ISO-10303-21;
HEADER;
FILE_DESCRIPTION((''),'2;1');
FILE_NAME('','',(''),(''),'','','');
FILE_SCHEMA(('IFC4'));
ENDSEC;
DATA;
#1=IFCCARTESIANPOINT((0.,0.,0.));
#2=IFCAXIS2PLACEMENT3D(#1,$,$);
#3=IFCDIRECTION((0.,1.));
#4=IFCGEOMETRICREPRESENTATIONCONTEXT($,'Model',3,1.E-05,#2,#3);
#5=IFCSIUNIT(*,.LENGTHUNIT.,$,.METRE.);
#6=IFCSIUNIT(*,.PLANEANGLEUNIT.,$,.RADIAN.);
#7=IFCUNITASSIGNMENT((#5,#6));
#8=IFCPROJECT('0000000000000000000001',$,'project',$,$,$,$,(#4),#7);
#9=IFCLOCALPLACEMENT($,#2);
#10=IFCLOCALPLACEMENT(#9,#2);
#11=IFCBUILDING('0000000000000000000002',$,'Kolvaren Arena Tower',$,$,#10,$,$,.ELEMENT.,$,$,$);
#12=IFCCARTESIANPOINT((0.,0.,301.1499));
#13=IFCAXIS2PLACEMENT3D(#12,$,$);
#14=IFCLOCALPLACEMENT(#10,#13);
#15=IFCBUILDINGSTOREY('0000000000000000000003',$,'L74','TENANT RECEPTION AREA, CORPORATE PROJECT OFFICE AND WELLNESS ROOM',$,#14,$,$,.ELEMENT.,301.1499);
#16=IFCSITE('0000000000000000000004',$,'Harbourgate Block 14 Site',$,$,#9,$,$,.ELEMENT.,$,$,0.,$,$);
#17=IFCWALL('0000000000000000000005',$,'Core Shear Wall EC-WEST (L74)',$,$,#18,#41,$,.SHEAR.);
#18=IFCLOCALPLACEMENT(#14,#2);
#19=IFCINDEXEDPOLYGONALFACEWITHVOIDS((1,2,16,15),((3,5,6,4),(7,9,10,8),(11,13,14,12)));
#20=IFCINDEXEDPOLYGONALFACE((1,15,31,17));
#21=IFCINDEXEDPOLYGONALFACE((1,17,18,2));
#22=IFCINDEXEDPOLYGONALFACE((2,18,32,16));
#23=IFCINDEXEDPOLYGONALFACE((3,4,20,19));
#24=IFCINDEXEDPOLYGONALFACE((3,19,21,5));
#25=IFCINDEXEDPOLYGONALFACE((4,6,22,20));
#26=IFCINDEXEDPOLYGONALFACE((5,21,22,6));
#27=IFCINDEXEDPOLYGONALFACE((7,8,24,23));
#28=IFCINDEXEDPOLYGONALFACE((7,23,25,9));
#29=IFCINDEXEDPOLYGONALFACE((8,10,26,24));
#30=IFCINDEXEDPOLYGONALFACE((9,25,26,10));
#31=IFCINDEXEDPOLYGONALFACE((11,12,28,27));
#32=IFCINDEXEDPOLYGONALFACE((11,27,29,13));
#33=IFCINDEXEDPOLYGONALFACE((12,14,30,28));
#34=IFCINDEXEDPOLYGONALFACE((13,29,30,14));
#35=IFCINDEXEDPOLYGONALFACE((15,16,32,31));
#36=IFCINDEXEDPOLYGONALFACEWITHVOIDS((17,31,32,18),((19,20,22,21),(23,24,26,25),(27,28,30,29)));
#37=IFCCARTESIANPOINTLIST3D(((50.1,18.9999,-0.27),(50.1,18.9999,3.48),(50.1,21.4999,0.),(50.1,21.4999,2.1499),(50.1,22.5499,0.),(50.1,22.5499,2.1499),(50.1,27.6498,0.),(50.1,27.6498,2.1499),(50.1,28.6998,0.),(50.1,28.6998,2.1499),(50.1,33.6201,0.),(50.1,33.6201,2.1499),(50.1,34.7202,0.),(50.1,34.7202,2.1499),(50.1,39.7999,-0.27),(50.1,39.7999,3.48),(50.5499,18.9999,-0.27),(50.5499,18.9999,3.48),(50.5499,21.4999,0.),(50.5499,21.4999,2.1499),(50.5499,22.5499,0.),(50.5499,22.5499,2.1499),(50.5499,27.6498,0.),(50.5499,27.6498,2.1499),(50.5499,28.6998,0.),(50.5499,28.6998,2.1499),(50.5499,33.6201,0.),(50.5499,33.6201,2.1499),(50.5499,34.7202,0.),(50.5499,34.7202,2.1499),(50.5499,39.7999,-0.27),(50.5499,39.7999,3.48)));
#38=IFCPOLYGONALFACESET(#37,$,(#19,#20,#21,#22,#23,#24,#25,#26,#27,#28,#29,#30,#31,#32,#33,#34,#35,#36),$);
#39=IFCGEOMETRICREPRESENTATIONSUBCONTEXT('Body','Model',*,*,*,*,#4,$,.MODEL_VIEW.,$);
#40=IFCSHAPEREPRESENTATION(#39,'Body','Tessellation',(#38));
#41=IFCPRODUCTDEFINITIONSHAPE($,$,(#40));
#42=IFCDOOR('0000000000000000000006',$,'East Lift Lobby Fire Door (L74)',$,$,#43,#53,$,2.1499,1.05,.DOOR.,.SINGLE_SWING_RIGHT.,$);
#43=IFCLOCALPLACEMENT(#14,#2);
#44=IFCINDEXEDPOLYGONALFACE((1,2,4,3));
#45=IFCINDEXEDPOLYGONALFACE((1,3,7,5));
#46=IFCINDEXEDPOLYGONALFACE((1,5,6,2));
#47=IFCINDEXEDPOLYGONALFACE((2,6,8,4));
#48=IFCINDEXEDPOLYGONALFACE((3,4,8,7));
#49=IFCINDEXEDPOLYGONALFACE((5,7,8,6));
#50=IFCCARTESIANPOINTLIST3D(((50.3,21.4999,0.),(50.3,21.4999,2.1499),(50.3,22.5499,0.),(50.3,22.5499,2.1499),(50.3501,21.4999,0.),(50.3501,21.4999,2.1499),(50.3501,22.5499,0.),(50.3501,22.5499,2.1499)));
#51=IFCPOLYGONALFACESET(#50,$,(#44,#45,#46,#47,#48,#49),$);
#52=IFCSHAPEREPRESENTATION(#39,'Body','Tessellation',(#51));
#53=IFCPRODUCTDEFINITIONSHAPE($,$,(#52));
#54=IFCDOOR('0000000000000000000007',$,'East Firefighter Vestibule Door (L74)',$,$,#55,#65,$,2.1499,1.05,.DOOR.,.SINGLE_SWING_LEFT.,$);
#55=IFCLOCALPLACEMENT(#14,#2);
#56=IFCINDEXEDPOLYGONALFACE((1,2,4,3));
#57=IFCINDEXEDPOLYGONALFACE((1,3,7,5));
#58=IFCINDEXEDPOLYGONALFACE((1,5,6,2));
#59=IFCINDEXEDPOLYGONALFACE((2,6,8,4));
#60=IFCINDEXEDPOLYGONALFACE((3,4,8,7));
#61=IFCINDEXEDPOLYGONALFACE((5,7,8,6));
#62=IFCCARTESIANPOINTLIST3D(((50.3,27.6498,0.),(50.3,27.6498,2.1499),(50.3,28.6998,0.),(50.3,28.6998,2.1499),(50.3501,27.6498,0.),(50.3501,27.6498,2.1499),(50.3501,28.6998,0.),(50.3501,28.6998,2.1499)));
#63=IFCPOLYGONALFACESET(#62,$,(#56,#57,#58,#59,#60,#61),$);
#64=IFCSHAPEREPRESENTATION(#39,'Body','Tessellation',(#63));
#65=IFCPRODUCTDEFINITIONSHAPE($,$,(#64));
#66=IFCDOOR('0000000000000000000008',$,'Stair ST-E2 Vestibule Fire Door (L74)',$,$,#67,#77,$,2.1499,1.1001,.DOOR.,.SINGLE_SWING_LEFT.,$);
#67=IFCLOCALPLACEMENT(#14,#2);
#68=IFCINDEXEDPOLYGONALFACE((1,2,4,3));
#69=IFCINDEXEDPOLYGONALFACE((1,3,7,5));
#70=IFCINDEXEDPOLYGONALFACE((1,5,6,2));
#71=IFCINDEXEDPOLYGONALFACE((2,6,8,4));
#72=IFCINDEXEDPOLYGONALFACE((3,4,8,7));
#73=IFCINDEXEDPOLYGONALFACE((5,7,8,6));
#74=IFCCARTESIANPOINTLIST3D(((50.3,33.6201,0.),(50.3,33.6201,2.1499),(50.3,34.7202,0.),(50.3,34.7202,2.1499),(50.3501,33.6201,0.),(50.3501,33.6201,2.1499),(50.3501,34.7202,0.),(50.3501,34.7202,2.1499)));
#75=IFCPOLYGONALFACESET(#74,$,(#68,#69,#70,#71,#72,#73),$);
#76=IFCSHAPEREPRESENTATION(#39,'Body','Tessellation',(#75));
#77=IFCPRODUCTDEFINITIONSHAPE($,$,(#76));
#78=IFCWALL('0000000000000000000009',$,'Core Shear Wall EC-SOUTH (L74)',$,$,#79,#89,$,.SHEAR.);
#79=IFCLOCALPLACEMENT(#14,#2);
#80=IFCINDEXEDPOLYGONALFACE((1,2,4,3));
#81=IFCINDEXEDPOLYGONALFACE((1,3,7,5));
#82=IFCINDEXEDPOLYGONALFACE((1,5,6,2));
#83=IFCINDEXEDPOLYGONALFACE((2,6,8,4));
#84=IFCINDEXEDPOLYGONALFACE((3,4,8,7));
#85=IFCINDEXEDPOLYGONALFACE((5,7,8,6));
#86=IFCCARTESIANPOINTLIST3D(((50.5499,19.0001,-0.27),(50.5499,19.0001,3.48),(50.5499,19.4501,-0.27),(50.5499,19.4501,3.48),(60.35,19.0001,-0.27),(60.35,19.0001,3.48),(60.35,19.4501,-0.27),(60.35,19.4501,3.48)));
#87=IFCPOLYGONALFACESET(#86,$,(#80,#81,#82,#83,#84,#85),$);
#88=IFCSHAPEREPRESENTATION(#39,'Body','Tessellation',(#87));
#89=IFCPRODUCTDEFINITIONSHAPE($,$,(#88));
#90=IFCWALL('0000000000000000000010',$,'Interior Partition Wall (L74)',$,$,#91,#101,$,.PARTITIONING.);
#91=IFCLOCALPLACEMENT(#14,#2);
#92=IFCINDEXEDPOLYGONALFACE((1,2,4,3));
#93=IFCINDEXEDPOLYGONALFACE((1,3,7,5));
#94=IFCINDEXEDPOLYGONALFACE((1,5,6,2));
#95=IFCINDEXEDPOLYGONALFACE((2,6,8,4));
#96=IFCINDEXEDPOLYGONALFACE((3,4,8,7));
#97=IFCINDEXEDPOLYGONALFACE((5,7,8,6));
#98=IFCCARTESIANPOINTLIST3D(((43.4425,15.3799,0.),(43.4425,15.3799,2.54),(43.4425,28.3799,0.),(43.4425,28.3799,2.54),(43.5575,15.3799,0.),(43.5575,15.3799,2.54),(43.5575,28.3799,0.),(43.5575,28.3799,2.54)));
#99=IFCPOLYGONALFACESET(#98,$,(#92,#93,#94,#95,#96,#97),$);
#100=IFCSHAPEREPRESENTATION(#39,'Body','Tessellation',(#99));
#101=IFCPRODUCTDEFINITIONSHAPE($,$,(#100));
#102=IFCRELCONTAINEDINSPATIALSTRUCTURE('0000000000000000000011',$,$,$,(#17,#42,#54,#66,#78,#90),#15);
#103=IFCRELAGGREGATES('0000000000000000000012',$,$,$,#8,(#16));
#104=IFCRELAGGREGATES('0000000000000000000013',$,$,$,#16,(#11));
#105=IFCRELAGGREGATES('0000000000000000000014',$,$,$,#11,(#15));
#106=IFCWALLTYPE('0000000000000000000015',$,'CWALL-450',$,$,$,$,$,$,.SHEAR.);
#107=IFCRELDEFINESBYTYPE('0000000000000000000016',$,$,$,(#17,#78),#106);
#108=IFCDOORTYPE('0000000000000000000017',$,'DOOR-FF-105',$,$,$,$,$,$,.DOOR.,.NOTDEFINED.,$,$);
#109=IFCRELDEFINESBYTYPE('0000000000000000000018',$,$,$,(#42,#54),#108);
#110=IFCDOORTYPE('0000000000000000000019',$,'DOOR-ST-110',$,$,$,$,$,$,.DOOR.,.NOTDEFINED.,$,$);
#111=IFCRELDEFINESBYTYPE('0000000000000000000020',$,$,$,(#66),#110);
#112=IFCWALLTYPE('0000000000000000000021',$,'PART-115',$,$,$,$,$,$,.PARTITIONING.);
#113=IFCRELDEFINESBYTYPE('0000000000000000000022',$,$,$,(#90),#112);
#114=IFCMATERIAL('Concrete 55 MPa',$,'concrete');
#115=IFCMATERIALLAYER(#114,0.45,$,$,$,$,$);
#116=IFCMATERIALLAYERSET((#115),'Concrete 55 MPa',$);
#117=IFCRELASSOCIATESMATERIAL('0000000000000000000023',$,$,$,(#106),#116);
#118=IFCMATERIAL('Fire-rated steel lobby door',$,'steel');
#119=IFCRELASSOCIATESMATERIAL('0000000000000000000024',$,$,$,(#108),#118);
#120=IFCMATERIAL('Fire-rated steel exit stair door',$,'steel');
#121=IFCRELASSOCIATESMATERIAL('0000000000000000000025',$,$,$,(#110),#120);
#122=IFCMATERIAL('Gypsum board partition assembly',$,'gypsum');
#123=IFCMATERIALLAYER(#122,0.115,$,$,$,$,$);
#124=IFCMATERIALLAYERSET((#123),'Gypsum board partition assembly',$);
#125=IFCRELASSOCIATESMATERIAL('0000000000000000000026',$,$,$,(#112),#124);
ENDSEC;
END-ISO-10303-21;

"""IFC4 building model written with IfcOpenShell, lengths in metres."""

from ifc_helpers import new_model, si_unit, direction, frame, frame_2d, origin, place, context, subcontext, project, spatial, rectangle, extrude, material, layer, layer_set, type_object, element, fill, save


model = new_model("IFC4")

# Units and contexts
model_context = context("Model", 3, precision=1e-05, world=origin(), true_north=direction((0.0, 1.0)))
body_context = subcontext(model_context, "Body", "Model", "MODEL_VIEW")
ifc_project = project(units=[si_unit("LENGTHUNIT", "METRE"), si_unit("PLANEANGLEUNIT", "RADIAN")], contexts=[model_context])

# Site, building, storey
site_placement = place(None, origin())
site = spatial("IfcSite", under=ifc_project, at=site_placement, Name="Harbourgate Block 14 Site", CompositionType="ELEMENT", RefElevation=0.0)
building_placement = place(site_placement, origin())
building = spatial("IfcBuilding", under=site, at=building_placement, Name="Kolvaren Arena Tower", CompositionType="ELEMENT")
storey_placement = place(building_placement, frame((0.0, 0.0, 301.1499)))
storey = spatial("IfcBuildingStorey", under=building, at=storey_placement, Name="L74", Description="TENANT RECEPTION AREA, CORPORATE PROJECT OFFICE AND WELLNESS ROOM", CompositionType="ELEMENT", Elevation=301.1499)

# Wall, openings, doors
ifc_material_1 = material(Name="Concrete 55 MPa", Category="concrete")
ifc_layer_1 = layer(ifc_material_1, 0.45)
ifc_layer_set_1 = layer_set([ifc_layer_1], Name="Concrete 55 MPa")
wall_type_1 = type_object("IfcWallType", Name="CWALL-450", PredefinedType="SHEAR", material=ifc_layer_set_1)
wall_1_placement = place(storey_placement, frame((50.325, 19.0, -0.27), z_axis=(0.0, 0.0, 1.0), x_axis=(0.0, 1.0, 0.0)))
wall_1 = element("IfcWall", 1, at=wall_1_placement, inside=storey, type_object=wall_type_1, Name="Core Shear Wall EC-WEST (L74)", PredefinedType="SHEAR", context=body_context, shape_type="SweptSolid", body=[
    extrude(rectangle(XDim=20.8, YDim=0.45, at=frame_2d((10.3999, 0.0))), origin(), (0.0, 0.0, 1.0), 3.75),
])
opening_1_placement = place(wall_1_placement, frame((2.5, 0.0, 0.27)))
opening_1 = element("IfcOpeningElement", 2, at=opening_1_placement, cuts=wall_1, PredefinedType="OPENING", context=body_context, shape_type="SweptSolid", body=[
    extrude(rectangle(XDim=1.05, YDim=2.1499, at=frame_2d((0.5249, 1.075))), frame((0.0, 0.2349, 0.0), z_axis=(0.0, -1.0, 0.0), x_axis=(1.0, 0.0, 0.0)), (0.0, 0.0, 1.0), 0.47),
])
opening_2_placement = place(wall_1_placement, frame((8.6499, 0.0, 0.27)))
opening_2 = element("IfcOpeningElement", 3, at=opening_2_placement, cuts=wall_1, PredefinedType="OPENING", context=body_context, shape_type="SweptSolid", body=[
    extrude(rectangle(XDim=1.05, YDim=2.1499, at=frame_2d((0.5249, 1.075))), frame((0.0, 0.2349, 0.0), z_axis=(0.0, -1.0, 0.0), x_axis=(1.0, 0.0, 0.0)), (0.0, 0.0, 1.0), 0.47),
])
opening_3_placement = place(wall_1_placement, frame((14.6201, 0.0, 0.27)))
opening_3 = element("IfcOpeningElement", 4, at=opening_3_placement, cuts=wall_1, PredefinedType="OPENING", context=body_context, shape_type="SweptSolid", body=[
    extrude(rectangle(XDim=1.1001, YDim=2.1499, at=frame_2d((0.55, 1.075))), frame((0.0, 0.2349, 0.0), z_axis=(0.0, -1.0, 0.0), x_axis=(1.0, 0.0, 0.0)), (0.0, 0.0, 1.0), 0.47),
])
ifc_material_2 = material(Name="Fire-rated steel lobby door", Category="steel")
door_type_1 = type_object("IfcDoorType", Name="DOOR-FF-105", OperationType="NOTDEFINED", PredefinedType="DOOR", material=ifc_material_2)
door_1_placement = place(opening_1_placement, origin())
door_1 = element("IfcDoor", 5, at=door_1_placement, inside=storey, type_object=door_type_1, Name="East Lift Lobby Fire Door (L74)", OperationType="SINGLE_SWING_RIGHT", OverallHeight=2.1499, OverallWidth=1.05, PredefinedType="DOOR", context=body_context, shape_type="SweptSolid", body=[
    extrude(rectangle(XDim=1.05, YDim=2.1499, at=frame_2d((0.5249, 1.075))), frame((0.0, 0.0249, 0.0), z_axis=(0.0, -1.0, 0.0), x_axis=(1.0, 0.0, 0.0)), (0.0, 0.0, 1.0), 0.05),
])
fill(opening_1, door_1)
door_2_placement = place(opening_2_placement, origin())
door_2 = element("IfcDoor", 6, at=door_2_placement, inside=storey, type_object=door_type_1, Name="East Firefighter Vestibule Door (L74)", OperationType="SINGLE_SWING_LEFT", OverallHeight=2.1499, OverallWidth=1.05, PredefinedType="DOOR", context=body_context, shape_type="SweptSolid", body=[
    extrude(rectangle(XDim=1.05, YDim=2.1499, at=frame_2d((0.5249, 1.075))), frame((0.0, 0.0249, 0.0), z_axis=(0.0, -1.0, 0.0), x_axis=(1.0, 0.0, 0.0)), (0.0, 0.0, 1.0), 0.05),
])
fill(opening_2, door_2)
ifc_material_3 = material(Name="Fire-rated steel exit stair door", Category="steel")
door_type_2 = type_object("IfcDoorType", Name="DOOR-ST-110", OperationType="NOTDEFINED", PredefinedType="DOOR", material=ifc_material_3)
door_3_placement = place(opening_3_placement, origin())
door_3 = element("IfcDoor", 7, at=door_3_placement, inside=storey, type_object=door_type_2, Name="Stair ST-E2 Vestibule Fire Door (L74)", OperationType="SINGLE_SWING_LEFT", OverallHeight=2.1499, OverallWidth=1.1001, PredefinedType="DOOR", context=body_context, shape_type="SweptSolid", body=[
    extrude(rectangle(XDim=1.1001, YDim=2.1499, at=frame_2d((0.55, 1.075))), frame((0.0, 0.0249, 0.0), z_axis=(0.0, -1.0, 0.0), x_axis=(1.0, 0.0, 0.0)), (0.0, 0.0, 1.0), 0.05),
])
fill(opening_3, door_3)

# Walls
wall_2_placement = place(storey_placement, frame((50.55, 19.2251, -0.27), z_axis=(0.0, 0.0, 1.0), x_axis=(1.0, 0.0, 0.0)))
element("IfcWall", 8, at=wall_2_placement, inside=storey, type_object=wall_type_1, Name="Core Shear Wall EC-SOUTH (L74)", PredefinedType="SHEAR", context=body_context, shape_type="SweptSolid", body=[
    extrude(rectangle(XDim=9.8, YDim=0.45, at=frame_2d((4.8999, 0.0))), origin(), (0.0, 0.0, 1.0), 3.75),
])
ifc_material_4 = material(Name="Gypsum board partition assembly", Category="gypsum")
ifc_layer_2 = layer(ifc_material_4, 0.115)
ifc_layer_set_2 = layer_set([ifc_layer_2], Name="Gypsum board partition assembly")
wall_type_2 = type_object("IfcWallType", Name="PART-115", PredefinedType="PARTITIONING", material=ifc_layer_set_2)
wall_3_placement = place(storey_placement, frame((43.5, 15.3799, 0.0), z_axis=(0.0, 0.0, 1.0), x_axis=(0.0, 1.0, 0.0)))
element("IfcWall", 9, at=wall_3_placement, inside=storey, type_object=wall_type_2, Name="Interior Partition Wall (L74)", PredefinedType="PARTITIONING", context=body_context, shape_type="SweptSolid", body=[
    extrude(rectangle(XDim=13.0, YDim=0.115, at=frame_2d((6.5, 0.0))), origin(), (0.0, 0.0, 1.0), 2.54),
])

save(model, "model.ifc")
